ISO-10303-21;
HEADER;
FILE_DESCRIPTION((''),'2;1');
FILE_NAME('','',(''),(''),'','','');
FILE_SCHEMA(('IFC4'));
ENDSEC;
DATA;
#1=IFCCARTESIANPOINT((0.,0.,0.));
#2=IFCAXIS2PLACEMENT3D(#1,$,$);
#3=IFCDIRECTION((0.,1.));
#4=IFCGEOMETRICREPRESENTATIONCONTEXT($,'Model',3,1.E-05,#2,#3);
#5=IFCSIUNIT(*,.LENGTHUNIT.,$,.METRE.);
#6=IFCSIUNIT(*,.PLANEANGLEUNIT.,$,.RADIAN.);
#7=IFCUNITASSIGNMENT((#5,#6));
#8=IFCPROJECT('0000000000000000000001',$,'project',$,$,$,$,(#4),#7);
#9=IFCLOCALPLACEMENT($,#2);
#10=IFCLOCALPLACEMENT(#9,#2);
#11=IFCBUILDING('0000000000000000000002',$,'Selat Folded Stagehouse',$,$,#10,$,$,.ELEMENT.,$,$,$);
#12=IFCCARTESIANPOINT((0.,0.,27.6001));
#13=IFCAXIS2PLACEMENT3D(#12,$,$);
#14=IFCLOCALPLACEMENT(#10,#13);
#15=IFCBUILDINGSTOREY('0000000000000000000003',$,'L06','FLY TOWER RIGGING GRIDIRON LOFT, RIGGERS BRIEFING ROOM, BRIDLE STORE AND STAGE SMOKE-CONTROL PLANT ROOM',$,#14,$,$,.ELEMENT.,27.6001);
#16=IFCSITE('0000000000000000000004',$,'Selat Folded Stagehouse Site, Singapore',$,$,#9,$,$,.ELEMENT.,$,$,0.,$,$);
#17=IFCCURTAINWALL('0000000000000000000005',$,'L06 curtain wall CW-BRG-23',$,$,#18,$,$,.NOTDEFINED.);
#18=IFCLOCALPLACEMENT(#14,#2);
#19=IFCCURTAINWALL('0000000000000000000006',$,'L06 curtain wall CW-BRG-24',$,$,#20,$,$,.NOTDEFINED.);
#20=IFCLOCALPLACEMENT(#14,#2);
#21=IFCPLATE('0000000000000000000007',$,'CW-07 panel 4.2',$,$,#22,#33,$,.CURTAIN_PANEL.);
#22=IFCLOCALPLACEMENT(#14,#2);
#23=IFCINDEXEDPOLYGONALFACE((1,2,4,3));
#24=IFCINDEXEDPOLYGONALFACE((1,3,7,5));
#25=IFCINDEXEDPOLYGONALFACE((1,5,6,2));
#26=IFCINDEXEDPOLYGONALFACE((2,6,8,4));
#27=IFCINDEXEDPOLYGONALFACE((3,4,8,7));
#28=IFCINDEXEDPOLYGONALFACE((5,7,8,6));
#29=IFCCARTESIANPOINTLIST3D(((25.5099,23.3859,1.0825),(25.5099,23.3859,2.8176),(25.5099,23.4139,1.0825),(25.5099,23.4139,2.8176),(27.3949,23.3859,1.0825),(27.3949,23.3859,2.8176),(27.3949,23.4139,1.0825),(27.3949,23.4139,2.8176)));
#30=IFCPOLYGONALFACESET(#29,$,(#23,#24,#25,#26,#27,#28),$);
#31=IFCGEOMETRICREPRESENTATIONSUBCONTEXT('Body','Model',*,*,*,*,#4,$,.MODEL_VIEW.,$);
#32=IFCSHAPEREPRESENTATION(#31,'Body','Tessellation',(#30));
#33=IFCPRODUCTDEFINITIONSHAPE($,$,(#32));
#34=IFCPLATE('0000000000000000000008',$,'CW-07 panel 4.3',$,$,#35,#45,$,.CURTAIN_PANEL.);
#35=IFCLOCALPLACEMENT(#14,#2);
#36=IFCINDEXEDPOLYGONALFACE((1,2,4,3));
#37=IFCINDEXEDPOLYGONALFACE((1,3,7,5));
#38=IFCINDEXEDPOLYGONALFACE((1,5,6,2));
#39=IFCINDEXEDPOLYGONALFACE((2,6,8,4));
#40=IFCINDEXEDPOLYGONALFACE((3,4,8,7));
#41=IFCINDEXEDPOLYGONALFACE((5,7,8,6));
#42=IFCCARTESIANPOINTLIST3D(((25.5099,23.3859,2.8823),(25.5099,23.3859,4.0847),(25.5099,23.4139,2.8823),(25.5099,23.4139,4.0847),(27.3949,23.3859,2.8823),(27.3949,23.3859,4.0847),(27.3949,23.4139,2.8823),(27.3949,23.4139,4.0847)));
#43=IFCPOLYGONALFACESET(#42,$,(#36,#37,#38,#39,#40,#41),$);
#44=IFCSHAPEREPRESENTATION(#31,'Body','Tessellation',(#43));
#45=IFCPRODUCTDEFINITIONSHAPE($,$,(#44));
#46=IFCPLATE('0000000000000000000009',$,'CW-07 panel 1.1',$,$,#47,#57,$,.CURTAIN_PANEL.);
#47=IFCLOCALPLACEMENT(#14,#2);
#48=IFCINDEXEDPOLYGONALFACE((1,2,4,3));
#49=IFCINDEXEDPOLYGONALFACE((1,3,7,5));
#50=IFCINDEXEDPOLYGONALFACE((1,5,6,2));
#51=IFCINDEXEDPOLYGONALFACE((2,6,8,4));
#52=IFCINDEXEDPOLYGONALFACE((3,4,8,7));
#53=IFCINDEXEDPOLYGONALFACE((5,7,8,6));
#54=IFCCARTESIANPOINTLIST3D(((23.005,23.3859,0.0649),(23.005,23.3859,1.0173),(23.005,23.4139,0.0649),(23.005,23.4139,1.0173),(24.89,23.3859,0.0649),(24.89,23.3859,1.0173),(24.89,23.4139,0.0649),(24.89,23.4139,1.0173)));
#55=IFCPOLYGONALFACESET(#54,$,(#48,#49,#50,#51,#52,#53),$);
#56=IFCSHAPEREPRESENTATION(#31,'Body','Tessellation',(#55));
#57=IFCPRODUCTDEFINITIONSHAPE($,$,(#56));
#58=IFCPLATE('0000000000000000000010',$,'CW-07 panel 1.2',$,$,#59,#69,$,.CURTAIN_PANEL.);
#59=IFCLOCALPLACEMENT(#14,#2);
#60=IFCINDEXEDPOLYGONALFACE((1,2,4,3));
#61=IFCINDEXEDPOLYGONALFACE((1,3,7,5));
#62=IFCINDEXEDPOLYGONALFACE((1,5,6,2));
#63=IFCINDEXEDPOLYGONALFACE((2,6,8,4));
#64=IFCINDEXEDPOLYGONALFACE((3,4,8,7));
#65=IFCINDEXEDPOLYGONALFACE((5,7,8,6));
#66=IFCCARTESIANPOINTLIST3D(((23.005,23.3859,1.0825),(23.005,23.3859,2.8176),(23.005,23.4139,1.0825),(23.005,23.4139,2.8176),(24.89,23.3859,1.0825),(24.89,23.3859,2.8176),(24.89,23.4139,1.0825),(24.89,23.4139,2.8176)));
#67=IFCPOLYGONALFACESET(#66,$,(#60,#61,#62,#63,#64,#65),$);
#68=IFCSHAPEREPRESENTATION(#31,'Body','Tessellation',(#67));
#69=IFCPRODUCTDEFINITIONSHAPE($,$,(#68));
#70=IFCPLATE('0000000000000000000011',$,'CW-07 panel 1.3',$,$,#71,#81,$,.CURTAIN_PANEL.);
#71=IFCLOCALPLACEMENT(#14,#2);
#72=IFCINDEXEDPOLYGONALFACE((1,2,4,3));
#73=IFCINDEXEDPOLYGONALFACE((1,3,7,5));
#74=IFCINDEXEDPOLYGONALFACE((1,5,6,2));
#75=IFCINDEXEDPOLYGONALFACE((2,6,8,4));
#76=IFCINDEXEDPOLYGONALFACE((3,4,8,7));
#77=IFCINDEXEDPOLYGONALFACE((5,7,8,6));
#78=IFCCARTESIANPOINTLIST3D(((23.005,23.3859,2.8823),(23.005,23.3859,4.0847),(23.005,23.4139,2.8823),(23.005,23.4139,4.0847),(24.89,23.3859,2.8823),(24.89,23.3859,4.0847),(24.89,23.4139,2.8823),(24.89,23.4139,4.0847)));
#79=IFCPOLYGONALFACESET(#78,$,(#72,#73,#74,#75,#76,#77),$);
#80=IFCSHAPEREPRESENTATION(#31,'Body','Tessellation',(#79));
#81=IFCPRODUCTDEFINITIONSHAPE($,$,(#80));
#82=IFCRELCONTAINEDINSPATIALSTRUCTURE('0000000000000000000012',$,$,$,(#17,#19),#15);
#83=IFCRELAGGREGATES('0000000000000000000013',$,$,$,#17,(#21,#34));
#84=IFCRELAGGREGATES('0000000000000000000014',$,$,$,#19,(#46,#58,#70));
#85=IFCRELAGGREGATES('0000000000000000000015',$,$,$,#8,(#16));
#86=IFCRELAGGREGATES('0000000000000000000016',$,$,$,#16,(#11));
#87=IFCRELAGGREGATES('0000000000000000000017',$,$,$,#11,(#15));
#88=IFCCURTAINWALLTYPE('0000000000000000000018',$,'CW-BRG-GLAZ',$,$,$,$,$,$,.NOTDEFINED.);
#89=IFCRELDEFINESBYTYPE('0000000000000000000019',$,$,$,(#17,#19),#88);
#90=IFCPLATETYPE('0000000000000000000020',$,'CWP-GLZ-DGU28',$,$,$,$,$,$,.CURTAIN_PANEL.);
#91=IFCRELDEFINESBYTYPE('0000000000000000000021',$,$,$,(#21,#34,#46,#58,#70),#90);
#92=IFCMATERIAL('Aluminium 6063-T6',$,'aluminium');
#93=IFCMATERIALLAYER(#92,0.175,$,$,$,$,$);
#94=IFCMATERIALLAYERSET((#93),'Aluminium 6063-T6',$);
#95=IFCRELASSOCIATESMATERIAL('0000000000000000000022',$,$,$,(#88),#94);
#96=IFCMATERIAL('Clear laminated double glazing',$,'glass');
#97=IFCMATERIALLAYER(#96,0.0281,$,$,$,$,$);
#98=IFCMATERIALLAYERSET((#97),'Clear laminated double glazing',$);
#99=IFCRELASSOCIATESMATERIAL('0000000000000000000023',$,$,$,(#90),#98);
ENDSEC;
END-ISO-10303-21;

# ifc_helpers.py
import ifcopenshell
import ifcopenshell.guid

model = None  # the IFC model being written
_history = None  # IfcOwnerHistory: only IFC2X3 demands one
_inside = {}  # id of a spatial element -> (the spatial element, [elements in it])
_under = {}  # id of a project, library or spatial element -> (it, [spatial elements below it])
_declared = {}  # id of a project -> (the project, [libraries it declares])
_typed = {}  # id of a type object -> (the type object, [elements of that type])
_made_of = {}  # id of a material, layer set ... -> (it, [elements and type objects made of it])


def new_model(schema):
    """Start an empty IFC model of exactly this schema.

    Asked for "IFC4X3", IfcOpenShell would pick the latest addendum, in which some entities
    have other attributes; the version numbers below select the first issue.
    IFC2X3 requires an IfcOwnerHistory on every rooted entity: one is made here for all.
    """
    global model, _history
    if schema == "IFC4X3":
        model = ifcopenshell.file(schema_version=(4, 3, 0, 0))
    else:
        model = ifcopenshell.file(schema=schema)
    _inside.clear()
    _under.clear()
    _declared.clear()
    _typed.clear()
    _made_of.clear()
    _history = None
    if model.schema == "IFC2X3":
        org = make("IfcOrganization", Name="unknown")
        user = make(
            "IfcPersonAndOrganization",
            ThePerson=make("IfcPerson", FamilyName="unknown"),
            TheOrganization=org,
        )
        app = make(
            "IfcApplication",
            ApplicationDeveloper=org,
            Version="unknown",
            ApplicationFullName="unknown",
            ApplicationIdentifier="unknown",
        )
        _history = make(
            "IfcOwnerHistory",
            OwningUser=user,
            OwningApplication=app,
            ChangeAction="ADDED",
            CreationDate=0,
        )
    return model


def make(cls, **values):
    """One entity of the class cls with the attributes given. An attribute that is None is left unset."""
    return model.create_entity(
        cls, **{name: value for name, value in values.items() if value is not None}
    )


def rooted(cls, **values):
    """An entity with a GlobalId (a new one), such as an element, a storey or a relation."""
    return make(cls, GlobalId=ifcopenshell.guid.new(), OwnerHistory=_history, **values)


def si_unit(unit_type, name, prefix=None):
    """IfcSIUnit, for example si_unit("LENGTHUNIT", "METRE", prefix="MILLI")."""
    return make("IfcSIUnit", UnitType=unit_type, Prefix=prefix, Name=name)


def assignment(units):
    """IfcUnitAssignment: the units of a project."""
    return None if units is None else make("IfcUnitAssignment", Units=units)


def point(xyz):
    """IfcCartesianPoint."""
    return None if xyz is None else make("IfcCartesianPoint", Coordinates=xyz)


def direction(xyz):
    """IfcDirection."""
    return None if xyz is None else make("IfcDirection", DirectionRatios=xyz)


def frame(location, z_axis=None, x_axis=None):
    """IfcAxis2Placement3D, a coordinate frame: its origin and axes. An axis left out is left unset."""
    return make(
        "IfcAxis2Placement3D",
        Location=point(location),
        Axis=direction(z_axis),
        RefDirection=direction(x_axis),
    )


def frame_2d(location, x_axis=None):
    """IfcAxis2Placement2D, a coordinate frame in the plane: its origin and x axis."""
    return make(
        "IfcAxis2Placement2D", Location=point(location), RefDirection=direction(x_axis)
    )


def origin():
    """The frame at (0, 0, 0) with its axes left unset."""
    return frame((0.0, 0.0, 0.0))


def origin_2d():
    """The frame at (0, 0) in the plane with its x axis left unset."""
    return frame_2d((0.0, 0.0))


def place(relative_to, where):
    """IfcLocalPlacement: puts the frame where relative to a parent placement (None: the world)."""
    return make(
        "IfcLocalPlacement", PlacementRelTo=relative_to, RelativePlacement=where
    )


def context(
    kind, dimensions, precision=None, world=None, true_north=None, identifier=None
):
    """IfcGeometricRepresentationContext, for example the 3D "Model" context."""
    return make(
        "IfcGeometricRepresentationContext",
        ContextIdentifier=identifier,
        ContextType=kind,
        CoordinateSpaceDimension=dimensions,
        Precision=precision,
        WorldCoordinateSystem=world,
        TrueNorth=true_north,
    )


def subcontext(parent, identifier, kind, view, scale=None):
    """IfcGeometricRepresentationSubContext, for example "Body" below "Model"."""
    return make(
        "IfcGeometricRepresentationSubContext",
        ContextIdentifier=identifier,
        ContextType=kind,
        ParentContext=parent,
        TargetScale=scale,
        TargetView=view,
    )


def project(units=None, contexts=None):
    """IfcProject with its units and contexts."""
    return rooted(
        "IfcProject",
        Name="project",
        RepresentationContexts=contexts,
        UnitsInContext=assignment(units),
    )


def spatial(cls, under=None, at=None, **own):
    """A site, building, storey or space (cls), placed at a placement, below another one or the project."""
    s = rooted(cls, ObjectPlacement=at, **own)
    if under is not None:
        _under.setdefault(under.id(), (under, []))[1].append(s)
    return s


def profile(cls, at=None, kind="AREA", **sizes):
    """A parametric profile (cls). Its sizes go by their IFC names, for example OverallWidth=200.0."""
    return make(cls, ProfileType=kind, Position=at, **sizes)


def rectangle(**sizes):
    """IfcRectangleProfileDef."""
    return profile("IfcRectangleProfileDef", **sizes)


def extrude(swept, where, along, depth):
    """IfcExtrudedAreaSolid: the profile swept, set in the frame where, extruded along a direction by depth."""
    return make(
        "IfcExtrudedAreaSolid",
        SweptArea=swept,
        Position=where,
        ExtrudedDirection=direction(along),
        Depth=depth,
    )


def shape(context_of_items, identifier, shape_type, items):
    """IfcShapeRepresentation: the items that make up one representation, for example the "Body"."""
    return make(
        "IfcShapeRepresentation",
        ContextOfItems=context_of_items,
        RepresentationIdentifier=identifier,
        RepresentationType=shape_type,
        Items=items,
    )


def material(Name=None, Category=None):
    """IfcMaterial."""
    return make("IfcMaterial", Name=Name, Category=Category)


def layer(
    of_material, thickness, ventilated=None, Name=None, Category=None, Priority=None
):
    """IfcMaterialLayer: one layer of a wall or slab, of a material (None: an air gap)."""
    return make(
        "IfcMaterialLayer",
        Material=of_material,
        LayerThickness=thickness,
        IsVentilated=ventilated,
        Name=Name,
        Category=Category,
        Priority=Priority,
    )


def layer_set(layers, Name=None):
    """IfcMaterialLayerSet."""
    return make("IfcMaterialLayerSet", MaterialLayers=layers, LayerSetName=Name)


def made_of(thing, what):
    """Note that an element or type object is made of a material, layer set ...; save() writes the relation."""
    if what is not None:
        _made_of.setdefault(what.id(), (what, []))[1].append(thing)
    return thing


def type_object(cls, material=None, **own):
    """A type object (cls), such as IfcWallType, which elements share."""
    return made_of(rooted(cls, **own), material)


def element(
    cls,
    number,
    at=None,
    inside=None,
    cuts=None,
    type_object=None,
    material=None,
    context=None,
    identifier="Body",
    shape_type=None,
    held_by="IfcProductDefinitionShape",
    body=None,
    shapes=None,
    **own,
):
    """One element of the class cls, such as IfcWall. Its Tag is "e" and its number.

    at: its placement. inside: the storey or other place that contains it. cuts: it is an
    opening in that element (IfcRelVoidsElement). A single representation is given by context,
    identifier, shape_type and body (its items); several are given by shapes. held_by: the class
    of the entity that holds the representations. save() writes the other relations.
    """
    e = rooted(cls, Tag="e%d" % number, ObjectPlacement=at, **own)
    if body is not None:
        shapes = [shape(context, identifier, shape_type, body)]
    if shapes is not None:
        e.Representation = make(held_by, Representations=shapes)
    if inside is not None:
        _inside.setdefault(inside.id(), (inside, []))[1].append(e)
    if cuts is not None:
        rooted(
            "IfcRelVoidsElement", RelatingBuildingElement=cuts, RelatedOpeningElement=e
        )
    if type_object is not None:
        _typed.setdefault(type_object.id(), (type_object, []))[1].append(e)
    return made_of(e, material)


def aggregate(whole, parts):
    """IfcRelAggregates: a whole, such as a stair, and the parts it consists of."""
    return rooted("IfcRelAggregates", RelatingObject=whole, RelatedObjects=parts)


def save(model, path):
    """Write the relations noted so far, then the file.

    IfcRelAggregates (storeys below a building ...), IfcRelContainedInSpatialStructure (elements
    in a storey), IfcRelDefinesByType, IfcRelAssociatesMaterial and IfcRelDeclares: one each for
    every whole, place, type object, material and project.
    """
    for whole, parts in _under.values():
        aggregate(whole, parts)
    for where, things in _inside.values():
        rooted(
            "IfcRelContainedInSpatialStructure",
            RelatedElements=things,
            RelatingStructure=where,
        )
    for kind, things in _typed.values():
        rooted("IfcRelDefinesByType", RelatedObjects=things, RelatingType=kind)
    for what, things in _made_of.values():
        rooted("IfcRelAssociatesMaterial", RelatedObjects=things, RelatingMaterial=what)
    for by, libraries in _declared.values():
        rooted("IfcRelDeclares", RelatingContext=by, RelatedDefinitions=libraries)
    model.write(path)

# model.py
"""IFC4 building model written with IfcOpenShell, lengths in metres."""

from ifc_helpers import new_model, si_unit, direction, frame, origin, origin_2d, place, context, subcontext, project, spatial, rectangle, extrude, material, layer, layer_set, type_object, element, aggregate, save


model = new_model("IFC4")

# Units and contexts
model_context = context("Model", 3, precision=1e-05, world=origin(), true_north=direction((0.0, 1.0)))
body_context = subcontext(model_context, "Body", "Model", "MODEL_VIEW")
ifc_project = project(units=[si_unit("LENGTHUNIT", "METRE"), si_unit("PLANEANGLEUNIT", "RADIAN")], contexts=[model_context])

# Site, building, storey
site_placement = place(None, origin())
site = spatial("IfcSite", under=ifc_project, at=site_placement, Name="Selat Folded Stagehouse Site, Singapore", CompositionType="ELEMENT", RefElevation=0.0)
building_placement = place(site_placement, origin())
building = spatial("IfcBuilding", under=site, at=building_placement, Name="Selat Folded Stagehouse", CompositionType="ELEMENT")
storey_placement = place(building_placement, frame((0.0, 0.0, 27.6001)))
storey = spatial("IfcBuildingStorey", under=building, at=storey_placement, Name="L06", Description="FLY TOWER RIGGING GRIDIRON LOFT, RIGGERS BRIEFING ROOM, BRIDLE STORE AND STAGE SMOKE-CONTROL PLANT ROOM", CompositionType="ELEMENT", Elevation=27.6001)

# Curtain walls
ifc_material_1 = material(Name="Aluminium 6063-T6", Category="aluminium")
ifc_layer_1 = layer(ifc_material_1, 0.175)
ifc_layer_set_1 = layer_set([ifc_layer_1], Name="Aluminium 6063-T6")
curtain_wall_type = type_object("IfcCurtainWallType", Name="CW-BRG-GLAZ", PredefinedType="NOTDEFINED", material=ifc_layer_set_1)
curtain_wall_1_placement = place(storey_placement, origin())
curtain_wall_1 = element("IfcCurtainWall", 1, at=curtain_wall_1_placement, inside=storey, type_object=curtain_wall_type, Name="L06 curtain wall CW-BRG-23", PredefinedType="NOTDEFINED")
curtain_wall_2_placement = place(storey_placement, origin())
curtain_wall_2 = element("IfcCurtainWall", 2, at=curtain_wall_2_placement, inside=storey, type_object=curtain_wall_type, Name="L06 curtain wall CW-BRG-24", PredefinedType="NOTDEFINED")

# Plates
ifc_material_2 = material(Name="Clear laminated double glazing", Category="glass")
ifc_layer_2 = layer(ifc_material_2, 0.0281)
ifc_layer_set_2 = layer_set([ifc_layer_2], Name="Clear laminated double glazing")
plate_type = type_object("IfcPlateType", Name="CWP-GLZ-DGU28", PredefinedType="CURTAIN_PANEL", material=ifc_layer_set_2)
plate_1_placement = place(storey_placement, frame((26.4524, 23.3999, 1.0825), z_axis=(0.0, 0.0, 1.0), x_axis=(-1.0, 0.0, 0.0)))
plate_1 = element("IfcPlate", 3, at=plate_1_placement, type_object=plate_type, Name="CW-07 panel 4.2", PredefinedType="CURTAIN_PANEL", context=body_context, shape_type="SweptSolid", body=[
    extrude(rectangle(XDim=1.885, YDim=0.0281, at=origin_2d()), origin(), (0.0, 0.0, 1.0), 1.7351),
])
plate_2_placement = place(storey_placement, frame((26.4524, 23.3999, 2.8823), z_axis=(0.0, 0.0, 1.0), x_axis=(-1.0, 0.0, 0.0)))
plate_2 = element("IfcPlate", 4, at=plate_2_placement, type_object=plate_type, Name="CW-07 panel 4.3", PredefinedType="CURTAIN_PANEL", context=body_context, shape_type="SweptSolid", body=[
    extrude(rectangle(XDim=1.885, YDim=0.0281, at=origin_2d()), origin(), (0.0, 0.0, 1.0), 1.2024),
])
aggregate(curtain_wall_1, [plate_1, plate_2])
plate_3_placement = place(storey_placement, frame((23.9475, 23.3999, 0.0649), z_axis=(0.0, 0.0, 1.0), x_axis=(-1.0, 0.0, 0.0)))
plate_3 = element("IfcPlate", 5, at=plate_3_placement, type_object=plate_type, Name="CW-07 panel 1.1", PredefinedType="CURTAIN_PANEL", context=body_context, shape_type="SweptSolid", body=[
    extrude(rectangle(XDim=1.885, YDim=0.0281, at=origin_2d()), origin(), (0.0, 0.0, 1.0), 0.9524),
])
plate_4_placement = place(storey_placement, frame((23.9475, 23.3999, 1.0825), z_axis=(0.0, 0.0, 1.0), x_axis=(-1.0, 0.0, 0.0)))
plate_4 = element("IfcPlate", 6, at=plate_4_placement, type_object=plate_type, Name="CW-07 panel 1.2", PredefinedType="CURTAIN_PANEL", context=body_context, shape_type="SweptSolid", body=[
    extrude(rectangle(XDim=1.885, YDim=0.0281, at=origin_2d()), origin(), (0.0, 0.0, 1.0), 1.7351),
])
plate_5_placement = place(storey_placement, frame((23.9475, 23.3999, 2.8823), z_axis=(0.0, 0.0, 1.0), x_axis=(-1.0, 0.0, 0.0)))
plate_5 = element("IfcPlate", 7, at=plate_5_placement, type_object=plate_type, Name="CW-07 panel 1.3", PredefinedType="CURTAIN_PANEL", context=body_context, shape_type="SweptSolid", body=[
    extrude(rectangle(XDim=1.885, YDim=0.0281, at=origin_2d()), origin(), (0.0, 0.0, 1.0), 1.2024),
])
aggregate(curtain_wall_2, [plate_3, plate_4, plate_5])

save(model, "model.ifc")
